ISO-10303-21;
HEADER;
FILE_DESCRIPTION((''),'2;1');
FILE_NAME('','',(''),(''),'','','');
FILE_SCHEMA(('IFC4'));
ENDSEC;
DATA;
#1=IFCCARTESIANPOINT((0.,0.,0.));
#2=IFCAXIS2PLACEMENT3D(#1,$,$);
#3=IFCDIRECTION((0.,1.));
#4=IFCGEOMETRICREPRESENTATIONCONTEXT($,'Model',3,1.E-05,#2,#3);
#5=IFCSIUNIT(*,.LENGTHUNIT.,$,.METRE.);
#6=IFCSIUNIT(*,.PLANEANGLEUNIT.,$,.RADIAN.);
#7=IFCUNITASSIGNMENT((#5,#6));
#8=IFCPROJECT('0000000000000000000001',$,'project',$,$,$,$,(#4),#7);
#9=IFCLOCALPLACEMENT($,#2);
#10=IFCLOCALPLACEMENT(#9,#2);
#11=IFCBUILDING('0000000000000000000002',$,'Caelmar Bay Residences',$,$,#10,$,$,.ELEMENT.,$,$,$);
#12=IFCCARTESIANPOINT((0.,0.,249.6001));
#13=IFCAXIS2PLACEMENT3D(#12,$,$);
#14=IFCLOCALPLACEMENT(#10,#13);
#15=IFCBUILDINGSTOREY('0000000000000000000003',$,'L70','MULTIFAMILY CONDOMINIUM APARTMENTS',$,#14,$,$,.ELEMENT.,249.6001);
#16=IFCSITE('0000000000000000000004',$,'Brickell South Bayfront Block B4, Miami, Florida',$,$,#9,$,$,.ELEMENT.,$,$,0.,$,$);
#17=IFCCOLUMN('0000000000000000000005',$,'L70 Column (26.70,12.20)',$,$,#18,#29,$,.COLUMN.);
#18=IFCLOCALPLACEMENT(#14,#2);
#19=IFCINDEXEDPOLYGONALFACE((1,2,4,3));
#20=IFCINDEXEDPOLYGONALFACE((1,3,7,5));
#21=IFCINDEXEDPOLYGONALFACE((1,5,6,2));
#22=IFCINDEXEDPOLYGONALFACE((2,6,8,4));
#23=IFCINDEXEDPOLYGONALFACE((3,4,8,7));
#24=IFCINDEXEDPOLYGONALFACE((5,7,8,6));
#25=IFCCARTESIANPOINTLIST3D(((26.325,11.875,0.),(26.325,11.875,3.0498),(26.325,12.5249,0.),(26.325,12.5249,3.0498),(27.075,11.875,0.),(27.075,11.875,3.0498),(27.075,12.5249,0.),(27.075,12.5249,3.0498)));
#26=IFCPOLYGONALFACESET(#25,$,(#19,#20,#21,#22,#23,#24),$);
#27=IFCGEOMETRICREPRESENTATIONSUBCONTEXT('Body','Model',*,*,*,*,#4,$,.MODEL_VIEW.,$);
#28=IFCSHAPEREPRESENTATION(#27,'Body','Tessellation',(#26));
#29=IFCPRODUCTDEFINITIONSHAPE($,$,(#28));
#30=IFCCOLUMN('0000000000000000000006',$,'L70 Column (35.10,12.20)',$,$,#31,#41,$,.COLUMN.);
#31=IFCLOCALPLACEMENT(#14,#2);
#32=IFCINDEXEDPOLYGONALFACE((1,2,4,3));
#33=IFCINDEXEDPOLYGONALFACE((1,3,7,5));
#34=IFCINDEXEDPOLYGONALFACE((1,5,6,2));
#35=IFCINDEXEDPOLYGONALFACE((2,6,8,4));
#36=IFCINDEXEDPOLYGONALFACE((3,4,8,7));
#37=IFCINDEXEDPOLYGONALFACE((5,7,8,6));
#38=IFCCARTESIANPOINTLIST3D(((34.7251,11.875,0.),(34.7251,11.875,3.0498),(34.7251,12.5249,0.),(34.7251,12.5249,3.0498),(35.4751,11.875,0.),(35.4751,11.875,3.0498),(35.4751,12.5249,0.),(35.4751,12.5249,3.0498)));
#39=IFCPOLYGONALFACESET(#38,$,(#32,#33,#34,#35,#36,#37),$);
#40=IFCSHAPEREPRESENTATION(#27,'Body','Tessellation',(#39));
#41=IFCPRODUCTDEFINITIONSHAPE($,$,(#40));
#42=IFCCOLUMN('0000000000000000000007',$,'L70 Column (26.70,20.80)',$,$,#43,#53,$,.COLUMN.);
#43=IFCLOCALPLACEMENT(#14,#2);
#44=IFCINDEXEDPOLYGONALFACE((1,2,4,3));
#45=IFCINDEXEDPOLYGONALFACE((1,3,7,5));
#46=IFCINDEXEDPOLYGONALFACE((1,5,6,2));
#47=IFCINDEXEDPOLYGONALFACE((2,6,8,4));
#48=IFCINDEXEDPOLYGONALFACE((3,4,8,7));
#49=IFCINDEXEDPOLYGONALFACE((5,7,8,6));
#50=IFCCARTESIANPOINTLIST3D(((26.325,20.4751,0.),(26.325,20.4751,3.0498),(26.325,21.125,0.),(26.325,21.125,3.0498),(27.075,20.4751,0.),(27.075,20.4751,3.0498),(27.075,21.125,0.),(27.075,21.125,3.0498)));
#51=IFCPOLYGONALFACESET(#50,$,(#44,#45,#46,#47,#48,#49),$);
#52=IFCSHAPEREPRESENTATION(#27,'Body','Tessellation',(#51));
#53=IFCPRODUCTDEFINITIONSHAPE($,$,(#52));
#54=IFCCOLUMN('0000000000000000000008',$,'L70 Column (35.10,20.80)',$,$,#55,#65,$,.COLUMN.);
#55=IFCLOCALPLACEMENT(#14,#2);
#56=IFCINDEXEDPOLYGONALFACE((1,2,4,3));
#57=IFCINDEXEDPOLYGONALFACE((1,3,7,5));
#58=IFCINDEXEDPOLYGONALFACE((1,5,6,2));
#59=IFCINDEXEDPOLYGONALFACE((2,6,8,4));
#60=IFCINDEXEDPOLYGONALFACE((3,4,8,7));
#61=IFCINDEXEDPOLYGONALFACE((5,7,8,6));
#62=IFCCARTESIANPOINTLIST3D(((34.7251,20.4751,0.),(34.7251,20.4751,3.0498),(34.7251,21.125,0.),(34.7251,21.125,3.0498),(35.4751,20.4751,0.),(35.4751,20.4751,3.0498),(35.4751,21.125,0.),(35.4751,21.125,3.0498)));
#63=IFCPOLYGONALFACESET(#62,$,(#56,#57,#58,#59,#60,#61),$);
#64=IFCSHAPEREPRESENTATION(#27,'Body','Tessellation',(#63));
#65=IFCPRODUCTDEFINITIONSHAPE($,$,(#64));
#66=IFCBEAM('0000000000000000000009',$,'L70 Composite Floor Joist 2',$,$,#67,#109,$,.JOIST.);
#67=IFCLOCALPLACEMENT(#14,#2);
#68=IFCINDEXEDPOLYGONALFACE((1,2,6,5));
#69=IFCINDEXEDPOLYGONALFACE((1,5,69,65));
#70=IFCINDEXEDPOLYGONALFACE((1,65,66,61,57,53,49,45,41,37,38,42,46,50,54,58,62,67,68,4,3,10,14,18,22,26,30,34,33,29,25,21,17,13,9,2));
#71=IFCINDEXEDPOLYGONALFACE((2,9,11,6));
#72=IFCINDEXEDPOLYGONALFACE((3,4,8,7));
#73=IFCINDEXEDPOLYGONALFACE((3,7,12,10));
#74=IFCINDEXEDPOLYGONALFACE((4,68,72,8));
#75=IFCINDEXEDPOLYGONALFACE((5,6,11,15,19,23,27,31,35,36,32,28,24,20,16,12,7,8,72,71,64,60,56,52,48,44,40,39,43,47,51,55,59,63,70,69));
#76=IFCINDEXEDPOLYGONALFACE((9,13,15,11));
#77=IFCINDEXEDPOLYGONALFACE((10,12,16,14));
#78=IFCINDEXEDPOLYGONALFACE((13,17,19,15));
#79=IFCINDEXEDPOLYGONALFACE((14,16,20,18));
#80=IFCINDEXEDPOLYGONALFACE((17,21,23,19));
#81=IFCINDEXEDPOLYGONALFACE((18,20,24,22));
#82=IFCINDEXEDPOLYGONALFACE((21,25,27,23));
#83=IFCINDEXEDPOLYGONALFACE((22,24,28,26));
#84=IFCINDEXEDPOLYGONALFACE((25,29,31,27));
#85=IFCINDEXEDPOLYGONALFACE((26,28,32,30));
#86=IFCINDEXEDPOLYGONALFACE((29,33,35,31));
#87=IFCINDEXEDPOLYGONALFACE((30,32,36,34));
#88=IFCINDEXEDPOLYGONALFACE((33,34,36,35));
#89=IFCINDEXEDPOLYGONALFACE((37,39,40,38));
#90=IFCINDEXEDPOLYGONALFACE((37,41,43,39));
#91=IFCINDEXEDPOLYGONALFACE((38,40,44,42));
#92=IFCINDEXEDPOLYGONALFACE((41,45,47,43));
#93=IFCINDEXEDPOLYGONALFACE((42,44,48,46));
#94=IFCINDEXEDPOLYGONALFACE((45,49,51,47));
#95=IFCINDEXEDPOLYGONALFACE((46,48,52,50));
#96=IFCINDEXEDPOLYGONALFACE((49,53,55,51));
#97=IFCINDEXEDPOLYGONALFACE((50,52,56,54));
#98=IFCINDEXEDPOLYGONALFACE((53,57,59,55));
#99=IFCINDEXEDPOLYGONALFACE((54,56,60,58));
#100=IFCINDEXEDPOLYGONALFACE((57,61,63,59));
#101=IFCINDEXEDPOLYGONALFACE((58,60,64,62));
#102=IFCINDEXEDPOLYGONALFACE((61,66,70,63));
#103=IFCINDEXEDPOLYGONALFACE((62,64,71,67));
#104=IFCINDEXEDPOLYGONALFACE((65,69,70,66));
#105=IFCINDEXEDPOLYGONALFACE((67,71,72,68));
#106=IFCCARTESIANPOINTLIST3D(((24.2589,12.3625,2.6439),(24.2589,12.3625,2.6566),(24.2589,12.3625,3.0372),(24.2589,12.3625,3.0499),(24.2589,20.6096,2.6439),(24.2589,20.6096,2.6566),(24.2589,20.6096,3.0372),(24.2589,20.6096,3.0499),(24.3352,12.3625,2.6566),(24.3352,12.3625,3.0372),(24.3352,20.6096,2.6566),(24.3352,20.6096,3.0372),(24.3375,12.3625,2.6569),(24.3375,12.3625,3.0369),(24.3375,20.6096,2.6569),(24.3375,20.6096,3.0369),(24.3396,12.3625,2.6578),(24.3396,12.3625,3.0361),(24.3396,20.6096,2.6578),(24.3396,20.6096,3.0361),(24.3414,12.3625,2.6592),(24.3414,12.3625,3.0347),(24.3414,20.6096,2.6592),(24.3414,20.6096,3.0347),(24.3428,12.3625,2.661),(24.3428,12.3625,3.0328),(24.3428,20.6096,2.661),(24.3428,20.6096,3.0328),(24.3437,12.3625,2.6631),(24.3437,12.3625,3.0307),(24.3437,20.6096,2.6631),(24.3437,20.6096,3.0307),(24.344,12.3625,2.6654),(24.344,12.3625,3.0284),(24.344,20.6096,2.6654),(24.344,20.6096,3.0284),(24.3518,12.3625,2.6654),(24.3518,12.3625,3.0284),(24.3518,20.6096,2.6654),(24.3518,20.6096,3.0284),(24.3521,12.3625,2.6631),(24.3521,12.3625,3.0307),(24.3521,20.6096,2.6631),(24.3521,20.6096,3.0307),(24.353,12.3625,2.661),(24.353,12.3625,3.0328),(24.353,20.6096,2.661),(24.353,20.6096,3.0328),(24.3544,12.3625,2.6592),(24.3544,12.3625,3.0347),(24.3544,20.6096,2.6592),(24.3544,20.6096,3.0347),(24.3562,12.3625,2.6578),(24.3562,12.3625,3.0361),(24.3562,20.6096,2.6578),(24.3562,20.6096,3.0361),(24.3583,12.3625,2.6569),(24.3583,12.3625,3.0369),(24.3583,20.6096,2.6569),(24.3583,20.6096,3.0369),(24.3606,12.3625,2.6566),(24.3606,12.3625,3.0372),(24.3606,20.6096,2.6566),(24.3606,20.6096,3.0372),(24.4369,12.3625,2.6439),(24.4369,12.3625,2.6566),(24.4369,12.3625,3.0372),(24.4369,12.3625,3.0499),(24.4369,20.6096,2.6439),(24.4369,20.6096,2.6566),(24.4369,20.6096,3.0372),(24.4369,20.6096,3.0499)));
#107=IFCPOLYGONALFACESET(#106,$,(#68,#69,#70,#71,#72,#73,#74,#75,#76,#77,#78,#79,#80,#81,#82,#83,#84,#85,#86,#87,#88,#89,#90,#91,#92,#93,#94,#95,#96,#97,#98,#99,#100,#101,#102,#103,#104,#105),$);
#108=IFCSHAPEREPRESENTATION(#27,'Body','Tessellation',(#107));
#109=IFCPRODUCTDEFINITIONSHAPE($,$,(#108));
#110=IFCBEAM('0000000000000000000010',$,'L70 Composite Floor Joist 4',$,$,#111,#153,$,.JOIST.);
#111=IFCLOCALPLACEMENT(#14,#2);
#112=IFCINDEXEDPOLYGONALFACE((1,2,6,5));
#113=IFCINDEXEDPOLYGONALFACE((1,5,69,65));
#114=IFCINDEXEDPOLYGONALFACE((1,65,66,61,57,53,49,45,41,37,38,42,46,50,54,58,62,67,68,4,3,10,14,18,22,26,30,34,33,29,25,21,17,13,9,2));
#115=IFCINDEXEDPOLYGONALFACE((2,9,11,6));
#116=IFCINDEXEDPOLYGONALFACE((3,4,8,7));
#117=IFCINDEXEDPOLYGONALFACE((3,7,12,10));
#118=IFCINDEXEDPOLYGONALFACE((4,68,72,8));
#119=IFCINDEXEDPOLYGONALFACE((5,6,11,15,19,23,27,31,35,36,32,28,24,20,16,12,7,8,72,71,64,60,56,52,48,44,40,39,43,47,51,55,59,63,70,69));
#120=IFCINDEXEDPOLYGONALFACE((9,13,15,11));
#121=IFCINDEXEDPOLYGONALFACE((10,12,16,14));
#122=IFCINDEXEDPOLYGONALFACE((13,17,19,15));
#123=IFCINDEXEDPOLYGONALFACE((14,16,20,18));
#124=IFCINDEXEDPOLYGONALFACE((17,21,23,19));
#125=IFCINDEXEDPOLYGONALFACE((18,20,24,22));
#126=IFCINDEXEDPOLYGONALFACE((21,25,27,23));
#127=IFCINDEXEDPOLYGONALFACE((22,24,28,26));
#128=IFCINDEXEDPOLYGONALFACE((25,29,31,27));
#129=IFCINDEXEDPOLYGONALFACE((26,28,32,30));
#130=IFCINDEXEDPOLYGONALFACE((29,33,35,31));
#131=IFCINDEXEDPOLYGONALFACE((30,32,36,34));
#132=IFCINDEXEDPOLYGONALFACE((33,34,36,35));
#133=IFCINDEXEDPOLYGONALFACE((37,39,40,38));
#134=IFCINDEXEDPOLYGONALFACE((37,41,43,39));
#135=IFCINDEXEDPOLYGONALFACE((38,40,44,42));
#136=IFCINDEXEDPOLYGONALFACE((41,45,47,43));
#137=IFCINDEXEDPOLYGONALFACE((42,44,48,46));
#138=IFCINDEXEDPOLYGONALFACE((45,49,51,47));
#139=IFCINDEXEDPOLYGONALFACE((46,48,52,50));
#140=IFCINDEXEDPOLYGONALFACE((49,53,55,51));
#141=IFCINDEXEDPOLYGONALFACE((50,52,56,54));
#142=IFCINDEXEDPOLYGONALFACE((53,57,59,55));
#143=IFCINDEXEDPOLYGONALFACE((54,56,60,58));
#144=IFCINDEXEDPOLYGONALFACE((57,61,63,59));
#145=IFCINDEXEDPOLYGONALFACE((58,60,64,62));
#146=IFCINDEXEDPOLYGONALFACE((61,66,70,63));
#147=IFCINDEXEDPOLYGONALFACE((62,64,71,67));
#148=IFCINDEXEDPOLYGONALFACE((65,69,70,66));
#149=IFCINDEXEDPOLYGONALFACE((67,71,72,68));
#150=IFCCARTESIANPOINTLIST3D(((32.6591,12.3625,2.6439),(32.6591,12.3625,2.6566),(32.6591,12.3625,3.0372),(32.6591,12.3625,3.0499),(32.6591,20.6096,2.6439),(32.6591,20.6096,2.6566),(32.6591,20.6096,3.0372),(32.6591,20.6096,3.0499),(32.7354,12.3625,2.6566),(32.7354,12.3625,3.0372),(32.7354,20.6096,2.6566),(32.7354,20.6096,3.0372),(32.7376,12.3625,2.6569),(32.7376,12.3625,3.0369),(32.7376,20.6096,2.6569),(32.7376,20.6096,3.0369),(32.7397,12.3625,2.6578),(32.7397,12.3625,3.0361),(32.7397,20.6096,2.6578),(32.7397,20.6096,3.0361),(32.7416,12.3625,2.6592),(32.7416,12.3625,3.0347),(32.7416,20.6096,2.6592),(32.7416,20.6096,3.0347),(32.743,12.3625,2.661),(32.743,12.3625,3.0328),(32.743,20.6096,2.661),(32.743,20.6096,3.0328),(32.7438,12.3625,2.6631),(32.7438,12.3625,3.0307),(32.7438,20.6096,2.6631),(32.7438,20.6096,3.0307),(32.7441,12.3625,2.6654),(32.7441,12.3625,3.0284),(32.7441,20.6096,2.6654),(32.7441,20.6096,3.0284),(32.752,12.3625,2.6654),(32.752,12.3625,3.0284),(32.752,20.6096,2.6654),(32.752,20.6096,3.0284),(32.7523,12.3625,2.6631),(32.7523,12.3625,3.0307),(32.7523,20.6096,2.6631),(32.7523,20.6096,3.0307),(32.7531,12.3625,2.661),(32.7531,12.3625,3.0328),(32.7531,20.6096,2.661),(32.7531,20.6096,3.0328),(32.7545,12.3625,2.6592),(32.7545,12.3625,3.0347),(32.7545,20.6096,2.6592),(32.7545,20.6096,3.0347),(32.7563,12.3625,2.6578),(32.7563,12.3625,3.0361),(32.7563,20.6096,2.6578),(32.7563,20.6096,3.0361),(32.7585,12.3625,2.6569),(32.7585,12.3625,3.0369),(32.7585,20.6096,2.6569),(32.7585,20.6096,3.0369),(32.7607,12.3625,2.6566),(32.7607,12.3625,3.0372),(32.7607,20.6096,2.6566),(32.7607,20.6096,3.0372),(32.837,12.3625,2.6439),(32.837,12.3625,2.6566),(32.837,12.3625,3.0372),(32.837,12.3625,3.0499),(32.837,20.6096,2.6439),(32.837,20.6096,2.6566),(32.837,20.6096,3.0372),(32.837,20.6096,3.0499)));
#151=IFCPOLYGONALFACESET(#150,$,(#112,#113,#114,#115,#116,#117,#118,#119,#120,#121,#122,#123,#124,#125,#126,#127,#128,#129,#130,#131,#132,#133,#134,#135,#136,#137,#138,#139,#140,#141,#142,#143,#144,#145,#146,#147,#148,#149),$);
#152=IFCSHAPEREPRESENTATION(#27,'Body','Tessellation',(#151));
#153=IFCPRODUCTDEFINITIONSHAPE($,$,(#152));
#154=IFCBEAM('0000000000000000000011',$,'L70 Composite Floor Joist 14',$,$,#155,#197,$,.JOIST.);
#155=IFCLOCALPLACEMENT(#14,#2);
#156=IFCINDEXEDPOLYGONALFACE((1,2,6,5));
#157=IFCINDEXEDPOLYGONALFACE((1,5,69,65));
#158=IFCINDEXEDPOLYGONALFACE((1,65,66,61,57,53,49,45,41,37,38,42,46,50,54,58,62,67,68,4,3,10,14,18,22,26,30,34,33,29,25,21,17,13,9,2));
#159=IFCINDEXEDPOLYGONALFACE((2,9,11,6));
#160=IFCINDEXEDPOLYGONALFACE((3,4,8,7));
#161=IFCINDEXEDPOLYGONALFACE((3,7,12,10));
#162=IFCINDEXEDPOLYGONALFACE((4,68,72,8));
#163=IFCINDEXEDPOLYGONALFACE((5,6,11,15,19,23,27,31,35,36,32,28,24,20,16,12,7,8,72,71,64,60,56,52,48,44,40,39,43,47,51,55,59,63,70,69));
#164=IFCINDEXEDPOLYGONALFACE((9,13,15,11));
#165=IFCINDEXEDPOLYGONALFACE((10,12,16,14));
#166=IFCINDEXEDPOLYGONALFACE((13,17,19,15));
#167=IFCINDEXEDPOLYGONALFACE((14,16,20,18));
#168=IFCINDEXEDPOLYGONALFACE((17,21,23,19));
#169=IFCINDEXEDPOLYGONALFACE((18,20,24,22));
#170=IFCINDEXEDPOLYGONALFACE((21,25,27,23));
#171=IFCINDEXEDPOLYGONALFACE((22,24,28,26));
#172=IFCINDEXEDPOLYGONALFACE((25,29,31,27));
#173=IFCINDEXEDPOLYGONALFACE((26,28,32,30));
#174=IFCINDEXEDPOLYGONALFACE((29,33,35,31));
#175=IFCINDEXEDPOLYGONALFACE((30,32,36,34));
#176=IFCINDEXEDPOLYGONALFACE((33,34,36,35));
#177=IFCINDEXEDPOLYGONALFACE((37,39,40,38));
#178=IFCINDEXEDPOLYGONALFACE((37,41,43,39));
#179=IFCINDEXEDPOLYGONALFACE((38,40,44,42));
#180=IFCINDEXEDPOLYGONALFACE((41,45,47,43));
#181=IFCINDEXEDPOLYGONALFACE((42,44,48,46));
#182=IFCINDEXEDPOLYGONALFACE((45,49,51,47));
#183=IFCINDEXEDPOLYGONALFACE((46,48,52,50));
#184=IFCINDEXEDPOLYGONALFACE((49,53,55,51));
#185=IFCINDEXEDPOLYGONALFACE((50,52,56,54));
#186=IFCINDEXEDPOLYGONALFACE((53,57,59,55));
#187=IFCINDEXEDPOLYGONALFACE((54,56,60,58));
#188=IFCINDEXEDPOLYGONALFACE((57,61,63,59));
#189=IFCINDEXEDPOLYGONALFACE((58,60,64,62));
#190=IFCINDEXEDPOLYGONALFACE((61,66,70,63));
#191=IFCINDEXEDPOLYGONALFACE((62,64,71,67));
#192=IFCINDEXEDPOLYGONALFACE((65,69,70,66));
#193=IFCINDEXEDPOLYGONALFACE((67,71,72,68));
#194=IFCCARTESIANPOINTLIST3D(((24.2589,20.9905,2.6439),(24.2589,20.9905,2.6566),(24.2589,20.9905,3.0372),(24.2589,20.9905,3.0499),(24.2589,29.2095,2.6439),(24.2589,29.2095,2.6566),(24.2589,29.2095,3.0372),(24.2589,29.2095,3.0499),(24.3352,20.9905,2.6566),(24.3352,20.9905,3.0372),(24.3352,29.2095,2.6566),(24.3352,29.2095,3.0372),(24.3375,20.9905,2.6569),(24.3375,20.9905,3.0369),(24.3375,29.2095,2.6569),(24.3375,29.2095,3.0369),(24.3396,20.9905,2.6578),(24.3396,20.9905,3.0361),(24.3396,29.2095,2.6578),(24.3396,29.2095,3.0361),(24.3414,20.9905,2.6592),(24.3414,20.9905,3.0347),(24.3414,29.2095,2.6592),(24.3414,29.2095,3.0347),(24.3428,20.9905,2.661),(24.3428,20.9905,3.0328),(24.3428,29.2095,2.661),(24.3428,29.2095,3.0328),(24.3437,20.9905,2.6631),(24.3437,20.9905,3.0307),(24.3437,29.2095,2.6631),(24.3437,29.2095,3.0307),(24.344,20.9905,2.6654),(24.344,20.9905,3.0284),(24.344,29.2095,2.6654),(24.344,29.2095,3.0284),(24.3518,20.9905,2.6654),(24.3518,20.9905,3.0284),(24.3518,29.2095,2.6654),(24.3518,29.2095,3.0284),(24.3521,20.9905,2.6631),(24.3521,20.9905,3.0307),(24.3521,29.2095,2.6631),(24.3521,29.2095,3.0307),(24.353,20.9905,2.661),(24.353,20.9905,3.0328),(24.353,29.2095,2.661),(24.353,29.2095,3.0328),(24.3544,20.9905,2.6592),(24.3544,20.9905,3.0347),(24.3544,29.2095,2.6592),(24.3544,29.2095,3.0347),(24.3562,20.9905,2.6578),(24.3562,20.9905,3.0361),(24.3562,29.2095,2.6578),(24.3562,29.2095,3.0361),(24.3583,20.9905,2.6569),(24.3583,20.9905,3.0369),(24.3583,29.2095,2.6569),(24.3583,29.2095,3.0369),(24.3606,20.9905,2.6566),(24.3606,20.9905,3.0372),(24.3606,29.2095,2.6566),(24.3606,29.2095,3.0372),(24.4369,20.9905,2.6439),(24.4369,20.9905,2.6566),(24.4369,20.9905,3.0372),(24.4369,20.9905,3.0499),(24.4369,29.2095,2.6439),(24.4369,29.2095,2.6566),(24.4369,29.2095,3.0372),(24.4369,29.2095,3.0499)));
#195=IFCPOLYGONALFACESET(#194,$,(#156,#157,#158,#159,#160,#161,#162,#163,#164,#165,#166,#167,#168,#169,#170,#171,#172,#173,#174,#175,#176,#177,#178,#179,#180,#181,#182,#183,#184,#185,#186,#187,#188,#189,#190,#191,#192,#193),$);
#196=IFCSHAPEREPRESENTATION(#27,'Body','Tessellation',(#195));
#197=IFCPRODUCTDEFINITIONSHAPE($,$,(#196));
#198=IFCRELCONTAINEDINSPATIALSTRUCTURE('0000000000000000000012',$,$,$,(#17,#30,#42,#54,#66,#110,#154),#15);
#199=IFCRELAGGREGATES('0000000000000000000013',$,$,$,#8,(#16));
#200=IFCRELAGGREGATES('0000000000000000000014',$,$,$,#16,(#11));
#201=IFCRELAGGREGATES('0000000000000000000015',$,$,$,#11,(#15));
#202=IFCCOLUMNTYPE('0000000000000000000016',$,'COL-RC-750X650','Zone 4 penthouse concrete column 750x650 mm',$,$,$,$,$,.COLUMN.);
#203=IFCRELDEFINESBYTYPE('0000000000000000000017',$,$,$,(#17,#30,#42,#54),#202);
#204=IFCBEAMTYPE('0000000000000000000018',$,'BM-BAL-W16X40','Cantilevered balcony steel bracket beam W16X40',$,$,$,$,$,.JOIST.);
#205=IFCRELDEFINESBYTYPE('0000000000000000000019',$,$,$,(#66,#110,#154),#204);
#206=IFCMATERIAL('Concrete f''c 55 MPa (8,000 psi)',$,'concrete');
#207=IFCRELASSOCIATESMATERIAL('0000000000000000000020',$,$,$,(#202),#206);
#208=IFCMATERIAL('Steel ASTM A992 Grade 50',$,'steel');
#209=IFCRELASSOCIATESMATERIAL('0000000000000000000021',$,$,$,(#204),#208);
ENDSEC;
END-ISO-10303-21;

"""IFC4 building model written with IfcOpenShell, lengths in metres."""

from ifc_helpers import new_model, si_unit, direction, frame, origin, origin_2d, place, context, subcontext, project, spatial, rectangle, i_section, extrude, material, material_profile, profile_set, type_object, element, save


model = new_model("IFC4")

# Units and contexts
model_context = context("Model", 3, precision=1e-05, world=origin(), true_north=direction((0.0, 1.0)))
body_context = subcontext(model_context, "Body", "Model", "MODEL_VIEW")
ifc_project = project(units=[si_unit("LENGTHUNIT", "METRE"), si_unit("PLANEANGLEUNIT", "RADIAN")], contexts=[model_context])

# Site, building, storey
site_placement = place(None, origin())
site = spatial("IfcSite", under=ifc_project, at=site_placement, Name="Brickell South Bayfront Block B4, Miami, Florida", CompositionType="ELEMENT", RefElevation=0.0)
building_placement = place(site_placement, origin())
building = spatial("IfcBuilding", under=site, at=building_placement, Name="Caelmar Bay Residences", CompositionType="ELEMENT")
storey_placement = place(building_placement, frame((0.0, 0.0, 249.6001)))
storey = spatial("IfcBuildingStorey", under=building, at=storey_placement, Name="L70", Description="MULTIFAMILY CONDOMINIUM APARTMENTS", CompositionType="ELEMENT", Elevation=249.6001)

# Columns
ifc_material_1 = material(Name="Concrete f'c 55 MPa (8,000 psi)", Category="concrete")
ifc_material_profile_1 = material_profile(ifc_material_1, rectangle(XDim=0.75, YDim=0.6499, at=origin_2d()), Name="RC-COL-750X650")
ifc_profile_set_1 = profile_set([ifc_material_profile_1], Name="Concrete f'c 55 MPa (8,000 psi)")
column_type = type_object("IfcColumnType", Name="COL-RC-750X650", Description="Zone 4 penthouse concrete column 750x650 mm", PredefinedType="COLUMN", material=ifc_profile_set_1)
for number, where, z_axis, x_axis, name in (
    (1, (26.7, 12.2, 0.0), (0.0, 0.0, 1.0), (1.0, 0.0, 0.0), "L70 Column (26.70,12.20)"),
    (2, (35.1001, 12.2, 0.0), (0.0, 0.0, 1.0), (1.0, 0.0, 0.0), "L70 Column (35.10,12.20)"),
    (3, (26.7, 20.8, 0.0), (0.0, 0.0, 1.0), (1.0, 0.0, 0.0), "L70 Column (26.70,20.80)"),
    (4, (35.1001, 20.8, 0.0), (0.0, 0.0, 1.0), (1.0, 0.0, 0.0), "L70 Column (35.10,20.80)"),
):
    element("IfcColumn", number, at=place(storey_placement, frame(where, z_axis=z_axis, x_axis=x_axis)), inside=storey, type_object=column_type, Name=name, PredefinedType="COLUMN", context=body_context, shape_type="SweptSolid", body=[
        extrude(rectangle(XDim=0.75, YDim=0.6499, at=origin_2d()), origin(), (0.0, 0.0, 1.0), 3.0498),
    ])

# Beams
ifc_material_2 = material(Name="Steel ASTM A992 Grade 50", Category="steel")
ifc_material_profile_2 = material_profile(ifc_material_2, i_section(OverallWidth=0.178, OverallDepth=0.406, WebThickness=0.0078, FlangeThickness=0.0127, FilletRadius=0.0088, at=origin_2d()), Name="W16X40")
ifc_profile_set_2 = profile_set([ifc_material_profile_2], Name="Steel ASTM A992 Grade 50")
beam_type_1 = type_object("IfcBeamType", Name="BM-BAL-W16X40", Description="Cantilevered balcony steel bracket beam W16X40", PredefinedType="JOIST", material=ifc_profile_set_2)
for number, where, z_axis, x_axis, name in (
    (5, (24.3479, 12.3625, 2.8469), (0.0, 1.0, 0.0), (-1.0, 0.0, 0.0), "L70 Composite Floor Joist 2"),
    (6, (32.748, 12.3625, 2.8469), (0.0, 1.0, 0.0), (-1.0, 0.0, 0.0), "L70 Composite Floor Joist 4"),
):
    element("IfcBeam", number, at=place(storey_placement, frame(where, z_axis=z_axis, x_axis=x_axis)), inside=storey, type_object=beam_type_1, Name=name, PredefinedType="JOIST", context=body_context, shape_type="SweptSolid", body=[
        extrude(i_section(OverallWidth=0.178, OverallDepth=0.406, WebThickness=0.0078, FlangeThickness=0.0127, FilletRadius=0.0088, at=origin_2d()), origin(), (0.0, 0.0, 1.0), 8.2471),
    ])
for number, where, z_axis, x_axis, name in (
    (7, (24.3479, 20.9905, 2.8469), (0.0, 1.0, 0.0), (-1.0, 0.0, 0.0), "L70 Composite Floor Joist 14"),
):
    element("IfcBeam", number, at=place(storey_placement, frame(where, z_axis=z_axis, x_axis=x_axis)), inside=storey, type_object=beam_type_1, Name=name, PredefinedType="JOIST", context=body_context, shape_type="SweptSolid", body=[
        extrude(i_section(OverallWidth=0.178, OverallDepth=0.406, WebThickness=0.0078, FlangeThickness=0.0127, FilletRadius=0.0088, at=origin_2d()), origin(), (0.0, 0.0, 1.0), 8.219),
    ])

save(model, "model.ifc")
